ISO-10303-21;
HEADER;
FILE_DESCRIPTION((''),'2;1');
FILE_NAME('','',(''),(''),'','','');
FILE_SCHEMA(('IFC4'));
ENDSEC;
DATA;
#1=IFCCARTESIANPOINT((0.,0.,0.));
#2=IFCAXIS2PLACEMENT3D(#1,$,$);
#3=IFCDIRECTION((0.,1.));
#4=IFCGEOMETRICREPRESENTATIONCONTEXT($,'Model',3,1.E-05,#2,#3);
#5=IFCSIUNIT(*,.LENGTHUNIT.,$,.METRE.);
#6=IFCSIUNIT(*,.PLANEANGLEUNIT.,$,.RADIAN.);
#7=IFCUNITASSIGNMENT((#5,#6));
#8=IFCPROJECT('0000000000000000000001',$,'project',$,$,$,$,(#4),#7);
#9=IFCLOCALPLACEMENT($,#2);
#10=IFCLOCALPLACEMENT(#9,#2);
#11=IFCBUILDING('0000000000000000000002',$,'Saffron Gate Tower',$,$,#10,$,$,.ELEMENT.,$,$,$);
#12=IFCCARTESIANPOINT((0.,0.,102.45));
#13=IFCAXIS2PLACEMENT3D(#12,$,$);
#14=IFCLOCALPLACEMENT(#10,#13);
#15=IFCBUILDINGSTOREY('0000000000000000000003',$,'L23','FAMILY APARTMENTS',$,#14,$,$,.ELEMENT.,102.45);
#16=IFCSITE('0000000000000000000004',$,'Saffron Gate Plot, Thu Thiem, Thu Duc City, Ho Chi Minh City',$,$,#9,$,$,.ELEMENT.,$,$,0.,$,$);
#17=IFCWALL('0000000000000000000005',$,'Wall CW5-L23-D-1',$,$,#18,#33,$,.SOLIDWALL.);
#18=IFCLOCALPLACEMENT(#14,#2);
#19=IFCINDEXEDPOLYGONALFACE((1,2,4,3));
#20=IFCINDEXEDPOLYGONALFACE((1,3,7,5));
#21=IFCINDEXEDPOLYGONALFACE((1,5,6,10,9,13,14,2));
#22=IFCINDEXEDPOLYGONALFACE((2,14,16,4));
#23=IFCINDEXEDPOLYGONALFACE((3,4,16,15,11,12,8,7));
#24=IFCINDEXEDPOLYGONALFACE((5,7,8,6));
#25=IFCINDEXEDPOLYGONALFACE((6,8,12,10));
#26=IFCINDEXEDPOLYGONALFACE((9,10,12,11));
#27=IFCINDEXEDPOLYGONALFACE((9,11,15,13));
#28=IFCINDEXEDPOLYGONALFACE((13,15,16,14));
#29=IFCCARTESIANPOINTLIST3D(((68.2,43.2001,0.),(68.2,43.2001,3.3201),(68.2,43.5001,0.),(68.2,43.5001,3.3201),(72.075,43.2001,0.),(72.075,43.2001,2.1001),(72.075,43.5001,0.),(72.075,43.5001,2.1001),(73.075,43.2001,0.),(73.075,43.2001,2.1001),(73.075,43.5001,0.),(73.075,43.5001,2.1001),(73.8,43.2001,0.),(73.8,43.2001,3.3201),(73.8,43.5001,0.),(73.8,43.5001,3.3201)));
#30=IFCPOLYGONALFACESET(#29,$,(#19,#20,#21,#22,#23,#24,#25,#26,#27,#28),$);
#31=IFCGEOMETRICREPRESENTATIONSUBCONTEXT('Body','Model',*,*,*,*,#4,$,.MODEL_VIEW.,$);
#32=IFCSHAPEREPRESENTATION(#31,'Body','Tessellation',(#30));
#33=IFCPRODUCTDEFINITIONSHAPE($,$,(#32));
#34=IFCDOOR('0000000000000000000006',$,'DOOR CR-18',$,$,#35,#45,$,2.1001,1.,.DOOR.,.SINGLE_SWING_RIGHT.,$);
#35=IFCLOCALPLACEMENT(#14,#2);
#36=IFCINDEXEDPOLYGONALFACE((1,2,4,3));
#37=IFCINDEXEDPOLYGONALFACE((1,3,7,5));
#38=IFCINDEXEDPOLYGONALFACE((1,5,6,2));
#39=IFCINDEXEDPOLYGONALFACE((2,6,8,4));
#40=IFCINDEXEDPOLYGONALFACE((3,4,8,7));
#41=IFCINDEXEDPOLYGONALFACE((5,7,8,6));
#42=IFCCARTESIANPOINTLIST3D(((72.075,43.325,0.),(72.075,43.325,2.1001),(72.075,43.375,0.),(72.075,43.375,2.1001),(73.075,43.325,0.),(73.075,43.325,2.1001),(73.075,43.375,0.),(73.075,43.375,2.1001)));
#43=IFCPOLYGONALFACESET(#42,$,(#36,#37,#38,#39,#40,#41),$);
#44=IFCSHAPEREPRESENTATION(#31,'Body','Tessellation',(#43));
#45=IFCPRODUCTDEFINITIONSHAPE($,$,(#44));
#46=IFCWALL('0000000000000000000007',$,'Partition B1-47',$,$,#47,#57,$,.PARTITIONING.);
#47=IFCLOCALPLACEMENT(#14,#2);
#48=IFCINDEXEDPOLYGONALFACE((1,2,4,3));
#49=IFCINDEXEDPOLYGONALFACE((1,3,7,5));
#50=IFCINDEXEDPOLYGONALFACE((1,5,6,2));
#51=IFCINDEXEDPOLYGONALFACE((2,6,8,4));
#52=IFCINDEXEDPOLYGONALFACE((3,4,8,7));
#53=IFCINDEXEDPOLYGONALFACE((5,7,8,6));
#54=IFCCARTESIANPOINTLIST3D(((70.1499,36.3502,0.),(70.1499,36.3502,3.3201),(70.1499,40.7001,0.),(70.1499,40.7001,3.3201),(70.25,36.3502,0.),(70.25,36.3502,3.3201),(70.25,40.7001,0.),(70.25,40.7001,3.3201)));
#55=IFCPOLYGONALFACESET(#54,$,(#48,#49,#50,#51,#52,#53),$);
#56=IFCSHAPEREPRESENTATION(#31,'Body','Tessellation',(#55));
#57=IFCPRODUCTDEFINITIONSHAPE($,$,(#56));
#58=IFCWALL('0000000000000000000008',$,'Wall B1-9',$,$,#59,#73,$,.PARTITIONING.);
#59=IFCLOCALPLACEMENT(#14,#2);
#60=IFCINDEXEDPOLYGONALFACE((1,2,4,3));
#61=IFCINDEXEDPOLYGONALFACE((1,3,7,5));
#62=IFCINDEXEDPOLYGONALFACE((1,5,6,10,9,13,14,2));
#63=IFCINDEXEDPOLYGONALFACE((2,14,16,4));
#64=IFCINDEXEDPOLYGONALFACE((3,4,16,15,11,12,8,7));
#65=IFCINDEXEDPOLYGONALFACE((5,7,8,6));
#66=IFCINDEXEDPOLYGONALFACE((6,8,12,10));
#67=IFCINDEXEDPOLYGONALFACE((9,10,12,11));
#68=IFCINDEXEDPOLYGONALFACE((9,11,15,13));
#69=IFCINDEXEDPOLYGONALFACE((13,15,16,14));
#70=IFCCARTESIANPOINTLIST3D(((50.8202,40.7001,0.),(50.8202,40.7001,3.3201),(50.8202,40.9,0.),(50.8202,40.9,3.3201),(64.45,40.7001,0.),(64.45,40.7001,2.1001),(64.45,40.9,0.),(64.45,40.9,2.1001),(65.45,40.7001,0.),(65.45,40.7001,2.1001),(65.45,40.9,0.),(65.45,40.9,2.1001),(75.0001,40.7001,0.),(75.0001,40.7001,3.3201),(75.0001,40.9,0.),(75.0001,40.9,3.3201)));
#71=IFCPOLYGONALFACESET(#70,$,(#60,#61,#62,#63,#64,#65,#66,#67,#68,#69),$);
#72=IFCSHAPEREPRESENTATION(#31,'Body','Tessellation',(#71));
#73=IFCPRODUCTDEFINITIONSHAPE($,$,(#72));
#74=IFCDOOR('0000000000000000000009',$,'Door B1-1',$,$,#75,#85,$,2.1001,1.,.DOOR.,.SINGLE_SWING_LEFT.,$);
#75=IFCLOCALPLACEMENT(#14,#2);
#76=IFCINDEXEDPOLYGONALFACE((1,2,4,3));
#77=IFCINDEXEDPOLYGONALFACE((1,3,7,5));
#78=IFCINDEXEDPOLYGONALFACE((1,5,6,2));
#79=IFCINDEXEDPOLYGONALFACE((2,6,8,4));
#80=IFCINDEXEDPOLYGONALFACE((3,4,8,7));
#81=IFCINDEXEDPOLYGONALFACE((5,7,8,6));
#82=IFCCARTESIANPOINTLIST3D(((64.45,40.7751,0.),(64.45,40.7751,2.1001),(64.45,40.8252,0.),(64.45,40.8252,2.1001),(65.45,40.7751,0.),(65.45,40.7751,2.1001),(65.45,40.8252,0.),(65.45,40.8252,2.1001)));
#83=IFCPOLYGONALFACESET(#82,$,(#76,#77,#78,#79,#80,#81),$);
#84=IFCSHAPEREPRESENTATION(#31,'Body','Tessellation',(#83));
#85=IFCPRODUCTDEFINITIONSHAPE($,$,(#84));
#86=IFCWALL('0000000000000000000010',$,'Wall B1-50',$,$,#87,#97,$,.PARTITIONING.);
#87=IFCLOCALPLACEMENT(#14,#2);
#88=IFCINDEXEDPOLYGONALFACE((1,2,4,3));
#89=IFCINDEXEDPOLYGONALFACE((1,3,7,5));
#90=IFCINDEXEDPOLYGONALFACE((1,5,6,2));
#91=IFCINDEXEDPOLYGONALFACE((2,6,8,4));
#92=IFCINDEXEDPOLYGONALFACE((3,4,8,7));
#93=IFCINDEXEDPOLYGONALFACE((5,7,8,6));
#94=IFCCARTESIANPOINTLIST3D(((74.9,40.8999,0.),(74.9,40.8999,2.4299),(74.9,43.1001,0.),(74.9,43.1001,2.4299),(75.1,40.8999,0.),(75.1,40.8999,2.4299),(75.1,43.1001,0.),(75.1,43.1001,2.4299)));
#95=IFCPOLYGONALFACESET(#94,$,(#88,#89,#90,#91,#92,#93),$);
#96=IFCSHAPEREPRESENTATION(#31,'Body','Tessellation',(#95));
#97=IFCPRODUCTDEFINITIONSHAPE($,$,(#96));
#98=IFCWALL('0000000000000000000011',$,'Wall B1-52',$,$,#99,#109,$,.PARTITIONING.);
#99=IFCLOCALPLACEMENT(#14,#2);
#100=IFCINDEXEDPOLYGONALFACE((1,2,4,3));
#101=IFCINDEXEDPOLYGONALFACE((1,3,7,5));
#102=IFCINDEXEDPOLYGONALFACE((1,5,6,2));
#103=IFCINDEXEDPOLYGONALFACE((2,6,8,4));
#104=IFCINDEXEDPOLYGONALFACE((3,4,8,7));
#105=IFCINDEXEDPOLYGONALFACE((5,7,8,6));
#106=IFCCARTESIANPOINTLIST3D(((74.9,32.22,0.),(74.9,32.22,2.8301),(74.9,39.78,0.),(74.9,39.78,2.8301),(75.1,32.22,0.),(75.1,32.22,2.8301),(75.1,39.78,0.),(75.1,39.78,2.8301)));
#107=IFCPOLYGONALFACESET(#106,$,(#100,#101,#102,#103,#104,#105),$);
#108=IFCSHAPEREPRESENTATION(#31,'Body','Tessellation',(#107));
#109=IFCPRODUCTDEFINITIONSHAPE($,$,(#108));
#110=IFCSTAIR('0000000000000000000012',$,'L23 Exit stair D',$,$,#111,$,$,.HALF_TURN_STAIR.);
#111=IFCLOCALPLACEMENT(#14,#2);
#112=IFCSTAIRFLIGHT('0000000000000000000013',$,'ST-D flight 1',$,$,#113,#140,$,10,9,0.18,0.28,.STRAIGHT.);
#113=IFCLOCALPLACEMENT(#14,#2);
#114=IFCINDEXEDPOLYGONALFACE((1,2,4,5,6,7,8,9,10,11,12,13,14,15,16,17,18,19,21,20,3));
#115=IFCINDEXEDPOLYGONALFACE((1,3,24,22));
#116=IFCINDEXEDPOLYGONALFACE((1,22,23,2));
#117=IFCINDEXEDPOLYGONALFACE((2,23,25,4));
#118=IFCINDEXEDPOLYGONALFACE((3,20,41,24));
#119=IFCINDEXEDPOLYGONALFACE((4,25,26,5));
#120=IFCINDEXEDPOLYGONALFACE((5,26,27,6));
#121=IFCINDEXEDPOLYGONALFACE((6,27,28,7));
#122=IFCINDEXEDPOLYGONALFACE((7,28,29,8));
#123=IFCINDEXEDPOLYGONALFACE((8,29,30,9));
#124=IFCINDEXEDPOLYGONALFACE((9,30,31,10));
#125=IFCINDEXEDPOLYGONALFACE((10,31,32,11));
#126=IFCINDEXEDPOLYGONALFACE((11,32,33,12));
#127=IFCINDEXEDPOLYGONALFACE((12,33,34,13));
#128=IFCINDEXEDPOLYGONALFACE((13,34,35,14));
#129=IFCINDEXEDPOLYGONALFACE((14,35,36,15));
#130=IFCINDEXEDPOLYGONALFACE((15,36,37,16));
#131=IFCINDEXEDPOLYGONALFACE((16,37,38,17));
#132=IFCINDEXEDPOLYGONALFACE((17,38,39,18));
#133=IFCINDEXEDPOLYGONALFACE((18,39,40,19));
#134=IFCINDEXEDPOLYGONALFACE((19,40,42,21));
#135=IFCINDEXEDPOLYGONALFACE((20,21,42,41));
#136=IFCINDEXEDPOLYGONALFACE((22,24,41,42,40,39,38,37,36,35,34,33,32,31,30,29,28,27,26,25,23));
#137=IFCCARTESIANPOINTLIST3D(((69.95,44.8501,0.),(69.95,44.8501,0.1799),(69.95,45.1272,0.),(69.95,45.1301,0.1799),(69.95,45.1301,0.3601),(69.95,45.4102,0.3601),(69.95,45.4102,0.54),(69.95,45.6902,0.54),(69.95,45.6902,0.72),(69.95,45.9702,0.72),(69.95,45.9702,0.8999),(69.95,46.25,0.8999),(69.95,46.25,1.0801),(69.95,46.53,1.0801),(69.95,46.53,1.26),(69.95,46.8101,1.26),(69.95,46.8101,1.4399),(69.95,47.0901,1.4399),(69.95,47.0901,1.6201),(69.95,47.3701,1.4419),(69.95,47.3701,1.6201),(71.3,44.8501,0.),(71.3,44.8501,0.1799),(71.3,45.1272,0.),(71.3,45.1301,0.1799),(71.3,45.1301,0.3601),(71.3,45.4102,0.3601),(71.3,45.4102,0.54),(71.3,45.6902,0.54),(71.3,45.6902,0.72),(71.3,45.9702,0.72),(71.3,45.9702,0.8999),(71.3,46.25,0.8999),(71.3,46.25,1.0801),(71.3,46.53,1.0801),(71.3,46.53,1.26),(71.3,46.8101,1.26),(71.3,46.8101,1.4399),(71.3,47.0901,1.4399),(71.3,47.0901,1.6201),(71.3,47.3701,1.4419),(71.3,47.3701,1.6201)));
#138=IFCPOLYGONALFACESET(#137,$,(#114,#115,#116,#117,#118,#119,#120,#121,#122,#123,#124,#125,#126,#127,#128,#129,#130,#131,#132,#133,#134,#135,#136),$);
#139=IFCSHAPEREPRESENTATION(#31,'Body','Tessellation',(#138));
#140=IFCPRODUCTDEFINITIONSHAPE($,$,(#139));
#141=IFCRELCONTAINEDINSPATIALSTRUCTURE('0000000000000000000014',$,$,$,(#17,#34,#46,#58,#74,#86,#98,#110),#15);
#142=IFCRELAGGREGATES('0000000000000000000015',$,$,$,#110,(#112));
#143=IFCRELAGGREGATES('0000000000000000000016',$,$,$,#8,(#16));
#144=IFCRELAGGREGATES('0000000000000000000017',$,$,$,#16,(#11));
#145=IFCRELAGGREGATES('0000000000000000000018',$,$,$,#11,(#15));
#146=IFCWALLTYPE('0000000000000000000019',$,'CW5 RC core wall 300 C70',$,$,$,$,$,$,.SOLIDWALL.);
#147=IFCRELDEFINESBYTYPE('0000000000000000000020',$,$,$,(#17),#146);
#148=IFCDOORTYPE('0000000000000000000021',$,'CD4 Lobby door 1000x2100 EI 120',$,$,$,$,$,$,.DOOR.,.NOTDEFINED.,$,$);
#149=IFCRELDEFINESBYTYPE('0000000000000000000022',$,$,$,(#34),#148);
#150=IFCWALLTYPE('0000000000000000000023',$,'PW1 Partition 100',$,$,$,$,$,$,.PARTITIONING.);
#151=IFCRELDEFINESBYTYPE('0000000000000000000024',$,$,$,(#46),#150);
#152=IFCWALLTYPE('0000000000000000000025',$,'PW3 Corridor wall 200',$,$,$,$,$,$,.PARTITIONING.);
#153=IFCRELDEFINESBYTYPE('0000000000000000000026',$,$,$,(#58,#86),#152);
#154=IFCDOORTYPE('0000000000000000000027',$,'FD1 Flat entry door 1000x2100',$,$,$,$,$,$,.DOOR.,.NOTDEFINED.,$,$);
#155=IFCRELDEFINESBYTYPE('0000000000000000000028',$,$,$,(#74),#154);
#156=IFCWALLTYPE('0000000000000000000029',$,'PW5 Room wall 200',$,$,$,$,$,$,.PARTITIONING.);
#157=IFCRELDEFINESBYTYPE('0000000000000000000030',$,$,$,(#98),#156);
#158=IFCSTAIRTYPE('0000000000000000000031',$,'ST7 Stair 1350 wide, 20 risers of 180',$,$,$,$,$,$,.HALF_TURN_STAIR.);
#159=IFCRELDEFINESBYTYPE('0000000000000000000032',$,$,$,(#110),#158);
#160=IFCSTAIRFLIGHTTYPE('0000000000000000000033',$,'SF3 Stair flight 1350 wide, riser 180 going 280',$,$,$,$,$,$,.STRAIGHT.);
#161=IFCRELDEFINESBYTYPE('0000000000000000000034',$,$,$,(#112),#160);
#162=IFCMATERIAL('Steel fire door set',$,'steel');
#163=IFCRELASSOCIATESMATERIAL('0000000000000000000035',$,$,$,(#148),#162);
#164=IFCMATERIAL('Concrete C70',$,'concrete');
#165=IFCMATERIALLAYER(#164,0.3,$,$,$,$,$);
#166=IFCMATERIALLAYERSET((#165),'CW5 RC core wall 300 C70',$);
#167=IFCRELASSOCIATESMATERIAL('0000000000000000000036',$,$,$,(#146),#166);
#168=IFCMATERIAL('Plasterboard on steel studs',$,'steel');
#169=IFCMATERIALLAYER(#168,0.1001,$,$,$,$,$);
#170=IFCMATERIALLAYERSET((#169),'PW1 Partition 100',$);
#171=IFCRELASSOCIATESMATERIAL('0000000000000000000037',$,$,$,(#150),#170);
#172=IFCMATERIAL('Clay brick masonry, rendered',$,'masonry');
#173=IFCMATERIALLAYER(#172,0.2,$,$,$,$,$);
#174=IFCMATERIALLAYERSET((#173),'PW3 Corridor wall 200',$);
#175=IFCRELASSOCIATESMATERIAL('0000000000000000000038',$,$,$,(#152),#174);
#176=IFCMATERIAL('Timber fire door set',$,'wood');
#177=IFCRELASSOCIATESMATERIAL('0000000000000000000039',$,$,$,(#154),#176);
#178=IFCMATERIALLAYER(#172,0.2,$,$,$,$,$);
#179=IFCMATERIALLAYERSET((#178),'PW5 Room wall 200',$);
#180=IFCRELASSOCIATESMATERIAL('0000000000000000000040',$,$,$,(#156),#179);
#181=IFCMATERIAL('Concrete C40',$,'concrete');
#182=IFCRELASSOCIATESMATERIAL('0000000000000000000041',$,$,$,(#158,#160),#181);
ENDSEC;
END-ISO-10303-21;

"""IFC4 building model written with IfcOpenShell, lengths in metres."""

from ifc_helpers import new_model, si_unit, direction, frame, frame_2d, origin, place, context, subcontext, project, spatial, polyline, rectangle, outline, extrude, material, layer, layer_set, type_object, element, fill, aggregate, save


model = new_model("IFC4")

# Units and contexts
model_context = context("Model", 3, precision=1e-05, world=origin(), true_north=direction((0.0, 1.0)))
body_context = subcontext(model_context, "Body", "Model", "MODEL_VIEW")
ifc_project = project(units=[si_unit("LENGTHUNIT", "METRE"), si_unit("PLANEANGLEUNIT", "RADIAN")], contexts=[model_context])

# Site, building, storey
site_placement = place(None, origin())
site = spatial("IfcSite", under=ifc_project, at=site_placement, Name="Saffron Gate Plot, Thu Thiem, Thu Duc City, Ho Chi Minh City", CompositionType="ELEMENT", RefElevation=0.0)
building_placement = place(site_placement, origin())
building = spatial("IfcBuilding", under=site, at=building_placement, Name="Saffron Gate Tower", CompositionType="ELEMENT")
storey_placement = place(building_placement, frame((0.0, 0.0, 102.45)))
storey = spatial("IfcBuildingStorey", under=building, at=storey_placement, Name="L23", Description="FAMILY APARTMENTS", CompositionType="ELEMENT", Elevation=102.45)

# Shared definitions
ifc_material_1 = material(Name="Steel fire door set", Category="steel")
door_type_1 = type_object("IfcDoorType", Name="CD4 Lobby door 1000x2100 EI 120", OperationType="NOTDEFINED", PredefinedType="DOOR", material=ifc_material_1)

# Shared definitions
ifc_material_2 = material(Name="Concrete C70", Category="concrete")

# Wall, opening, door
ifc_layer_1 = layer(ifc_material_2, 0.3)
ifc_layer_set_1 = layer_set([ifc_layer_1], Name="CW5 RC core wall 300 C70")
wall_type_1 = type_object("IfcWallType", Name="CW5 RC core wall 300 C70", PredefinedType="SOLIDWALL", material=ifc_layer_set_1)
wall_1_placement = place(storey_placement, frame((68.2, 43.3501, 0.0), z_axis=(0.0, 0.0, 1.0), x_axis=(1.0, 0.0, 0.0)))
wall_1 = element("IfcWall", 1, at=wall_1_placement, inside=storey, type_object=wall_type_1, Name="Wall CW5-L23-D-1", PredefinedType="SOLIDWALL", context=body_context, shape_type="SweptSolid", body=[
    extrude(rectangle(XDim=5.6001, YDim=0.3, at=frame_2d((2.8, 0.0))), origin(), (0.0, 0.0, 1.0), 3.3201),
])
opening_1_placement = place(wall_1_placement, frame((3.875, 0.0, 0.0)))
opening_1 = element("IfcOpeningElement", 2, at=opening_1_placement, cuts=wall_1, PredefinedType="OPENING", context=body_context, shape_type="SweptSolid", body=[
    extrude(rectangle(XDim=1.0, YDim=2.1001, at=frame_2d((0.5, 1.05))), frame((0.0, 0.1602, 0.0), z_axis=(0.0, -1.0, 0.0), x_axis=(1.0, 0.0, 0.0)), (0.0, 0.0, 1.0), 0.3201),
])
door_1_placement = place(opening_1_placement, origin())
door_1 = element("IfcDoor", 3, at=door_1_placement, inside=storey, type_object=door_type_1, Name="DOOR CR-18", OperationType="SINGLE_SWING_RIGHT", OverallHeight=2.1001, OverallWidth=1.0, PredefinedType="DOOR", context=body_context, shape_type="SweptSolid", body=[
    extrude(rectangle(XDim=1.0, YDim=2.1001, at=frame_2d((0.5, 1.05))), frame((0.0, 0.0249, 0.0), z_axis=(0.0, -1.0, 0.0), x_axis=(1.0, 0.0, 0.0)), (0.0, 0.0, 1.0), 0.05),
])
fill(opening_1, door_1)

# Wall
ifc_material_3 = material(Name="Plasterboard on steel studs", Category="steel")
ifc_layer_2 = layer(ifc_material_3, 0.1001)
ifc_layer_set_2 = layer_set([ifc_layer_2], Name="PW1 Partition 100")
wall_type_2 = type_object("IfcWallType", Name="PW1 Partition 100", PredefinedType="PARTITIONING", material=ifc_layer_set_2)
wall_2_placement = place(storey_placement, frame((70.2, 40.7, 0.0), z_axis=(0.0, 0.0, 1.0), x_axis=(0.0, -1.0, 0.0)))
element("IfcWall", 4, at=wall_2_placement, inside=storey, type_object=wall_type_2, Name="Partition B1-47", PredefinedType="PARTITIONING", context=body_context, shape_type="SweptSolid", body=[
    extrude(rectangle(XDim=4.3499, YDim=0.1001, at=frame_2d((2.1748, 0.0))), origin(), (0.0, 0.0, 1.0), 3.3201),
])

# Wall, opening, door
ifc_material_4 = material(Name="Clay brick masonry, rendered", Category="masonry")
ifc_layer_3 = layer(ifc_material_4, 0.2)
ifc_layer_set_3 = layer_set([ifc_layer_3], Name="PW3 Corridor wall 200")
wall_type_3 = type_object("IfcWallType", Name="PW3 Corridor wall 200", PredefinedType="PARTITIONING", material=ifc_layer_set_3)
wall_3_placement = place(storey_placement, frame((75.0, 40.8, 0.0), z_axis=(0.0, 0.0, 1.0), x_axis=(-1.0, 0.0, 0.0)))
wall_3 = element("IfcWall", 5, at=wall_3_placement, inside=storey, type_object=wall_type_3, Name="Wall B1-9", PredefinedType="PARTITIONING", context=body_context, shape_type="SweptSolid", body=[
    extrude(rectangle(XDim=24.1799, YDim=0.2, at=frame_2d((12.0898, 0.0))), origin(), (0.0, 0.0, 1.0), 3.3201),
])
opening_2_placement = place(wall_3_placement, frame((9.55, 0.0, 0.0)))
opening_2 = element("IfcOpeningElement", 6, at=opening_2_placement, cuts=wall_3, PredefinedType="OPENING", context=body_context, shape_type="SweptSolid", body=[
    extrude(rectangle(XDim=1.0, YDim=2.1001, at=frame_2d((0.5, 1.05))), frame((0.0, 0.1099, 0.0), z_axis=(0.0, -1.0, 0.0), x_axis=(1.0, 0.0, 0.0)), (0.0, 0.0, 1.0), 0.22),
])
ifc_material_5 = material(Name="Timber fire door set", Category="wood")
door_type_2 = type_object("IfcDoorType", Name="FD1 Flat entry door 1000x2100", OperationType="NOTDEFINED", PredefinedType="DOOR", material=ifc_material_5)
door_2_placement = place(opening_2_placement, origin())
door_2 = element("IfcDoor", 7, at=door_2_placement, inside=storey, type_object=door_type_2, Name="Door B1-1", OperationType="SINGLE_SWING_LEFT", OverallHeight=2.1001, OverallWidth=1.0, PredefinedType="DOOR", context=body_context, shape_type="SweptSolid", body=[
    extrude(rectangle(XDim=1.0, YDim=2.1001, at=frame_2d((0.5, 1.05))), frame((0.0, 0.0249, 0.0), z_axis=(0.0, -1.0, 0.0), x_axis=(1.0, 0.0, 0.0)), (0.0, 0.0, 1.0), 0.05),
])
fill(opening_2, door_2)

# Walls
wall_4_placement = place(storey_placement, frame((75.0, 43.1001, 0.0), z_axis=(0.0, 0.0, 1.0), x_axis=(0.0, -1.0, 0.0)))
element("IfcWall", 8, at=wall_4_placement, inside=storey, type_object=wall_type_3, Name="Wall B1-50", PredefinedType="PARTITIONING", context=body_context, shape_type="SweptSolid", body=[
    extrude(rectangle(XDim=2.2002, YDim=0.2, at=frame_2d((1.1001, 0.0))), origin(), (0.0, 0.0, 1.0), 2.4299),
])
ifc_layer_4 = layer(ifc_material_4, 0.2)
ifc_layer_set_4 = layer_set([ifc_layer_4], Name="PW5 Room wall 200")
wall_type_4 = type_object("IfcWallType", Name="PW5 Room wall 200", PredefinedType="PARTITIONING", material=ifc_layer_set_4)
wall_5_placement = place(storey_placement, frame((75.0, 39.78, 0.0), z_axis=(0.0, 0.0, 1.0), x_axis=(0.0, -1.0, 0.0)))
element("IfcWall", 9, at=wall_5_placement, inside=storey, type_object=wall_type_4, Name="Wall B1-52", PredefinedType="PARTITIONING", context=body_context, shape_type="SweptSolid", body=[
    extrude(rectangle(XDim=7.5601, YDim=0.2, at=frame_2d((3.78, 0.0))), origin(), (0.0, 0.0, 1.0), 2.8301),
])

# Stair, stair flight
ifc_material_6 = material(Name="Concrete C40", Category="concrete")
stair_type = type_object("IfcStairType", Name="ST7 Stair 1350 wide, 20 risers of 180", PredefinedType="HALF_TURN_STAIR", material=ifc_material_6)
stair_placement = place(storey_placement, origin())
stair = element("IfcStair", 10, at=stair_placement, inside=storey, type_object=stair_type, Name="L23 Exit stair D", PredefinedType="HALF_TURN_STAIR")
stair_flight_type = type_object("IfcStairFlightType", Name="SF3 Stair flight 1350 wide, riser 180 going 280", PredefinedType="STRAIGHT", material=ifc_material_6)
stair_flight_placement = place(storey_placement, frame((70.625, 44.8501, 0.0), z_axis=(0.0, 0.0, 1.0), x_axis=(0.0, 1.0, 0.0)))
stair_flight = element("IfcStairFlight", 11, at=stair_flight_placement, type_object=stair_flight_type, Name="ST-D flight 1", NumberOfRisers=10, NumberOfTreads=9, PredefinedType="STRAIGHT", RiserHeight=0.18, TreadLength=0.28, context=body_context, shape_type="SweptSolid", body=[
    extrude(outline(polyline([(0.0, 0.0), (0.0, 0.1799), (0.28, 0.1799), (0.28, 0.3601), (0.5601, 0.3601), (0.5601, 0.54), (0.8401, 0.54), (0.8401, 0.72), (1.1201, 0.72), (1.1201, 0.8999), (1.3999, 0.8999), (1.3999, 1.0801), (1.6799, 1.0801), (1.6799, 1.26), (1.96, 1.26), (1.96, 1.4399), (2.24, 1.4399), (2.24, 1.6201), (2.52, 1.6201), (2.52, 1.8), (2.52, 1.4419), (0.2771, 0.0), (0.0, 0.0)])), frame((0.0, 0.675, 0.0), z_axis=(0.0, -1.0, 0.0), x_axis=(1.0, 0.0, 0.0)), (0.0, 0.0, 1.0), 1.3501),
])
aggregate(stair, [stair_flight])

save(model, "model.ifc")
